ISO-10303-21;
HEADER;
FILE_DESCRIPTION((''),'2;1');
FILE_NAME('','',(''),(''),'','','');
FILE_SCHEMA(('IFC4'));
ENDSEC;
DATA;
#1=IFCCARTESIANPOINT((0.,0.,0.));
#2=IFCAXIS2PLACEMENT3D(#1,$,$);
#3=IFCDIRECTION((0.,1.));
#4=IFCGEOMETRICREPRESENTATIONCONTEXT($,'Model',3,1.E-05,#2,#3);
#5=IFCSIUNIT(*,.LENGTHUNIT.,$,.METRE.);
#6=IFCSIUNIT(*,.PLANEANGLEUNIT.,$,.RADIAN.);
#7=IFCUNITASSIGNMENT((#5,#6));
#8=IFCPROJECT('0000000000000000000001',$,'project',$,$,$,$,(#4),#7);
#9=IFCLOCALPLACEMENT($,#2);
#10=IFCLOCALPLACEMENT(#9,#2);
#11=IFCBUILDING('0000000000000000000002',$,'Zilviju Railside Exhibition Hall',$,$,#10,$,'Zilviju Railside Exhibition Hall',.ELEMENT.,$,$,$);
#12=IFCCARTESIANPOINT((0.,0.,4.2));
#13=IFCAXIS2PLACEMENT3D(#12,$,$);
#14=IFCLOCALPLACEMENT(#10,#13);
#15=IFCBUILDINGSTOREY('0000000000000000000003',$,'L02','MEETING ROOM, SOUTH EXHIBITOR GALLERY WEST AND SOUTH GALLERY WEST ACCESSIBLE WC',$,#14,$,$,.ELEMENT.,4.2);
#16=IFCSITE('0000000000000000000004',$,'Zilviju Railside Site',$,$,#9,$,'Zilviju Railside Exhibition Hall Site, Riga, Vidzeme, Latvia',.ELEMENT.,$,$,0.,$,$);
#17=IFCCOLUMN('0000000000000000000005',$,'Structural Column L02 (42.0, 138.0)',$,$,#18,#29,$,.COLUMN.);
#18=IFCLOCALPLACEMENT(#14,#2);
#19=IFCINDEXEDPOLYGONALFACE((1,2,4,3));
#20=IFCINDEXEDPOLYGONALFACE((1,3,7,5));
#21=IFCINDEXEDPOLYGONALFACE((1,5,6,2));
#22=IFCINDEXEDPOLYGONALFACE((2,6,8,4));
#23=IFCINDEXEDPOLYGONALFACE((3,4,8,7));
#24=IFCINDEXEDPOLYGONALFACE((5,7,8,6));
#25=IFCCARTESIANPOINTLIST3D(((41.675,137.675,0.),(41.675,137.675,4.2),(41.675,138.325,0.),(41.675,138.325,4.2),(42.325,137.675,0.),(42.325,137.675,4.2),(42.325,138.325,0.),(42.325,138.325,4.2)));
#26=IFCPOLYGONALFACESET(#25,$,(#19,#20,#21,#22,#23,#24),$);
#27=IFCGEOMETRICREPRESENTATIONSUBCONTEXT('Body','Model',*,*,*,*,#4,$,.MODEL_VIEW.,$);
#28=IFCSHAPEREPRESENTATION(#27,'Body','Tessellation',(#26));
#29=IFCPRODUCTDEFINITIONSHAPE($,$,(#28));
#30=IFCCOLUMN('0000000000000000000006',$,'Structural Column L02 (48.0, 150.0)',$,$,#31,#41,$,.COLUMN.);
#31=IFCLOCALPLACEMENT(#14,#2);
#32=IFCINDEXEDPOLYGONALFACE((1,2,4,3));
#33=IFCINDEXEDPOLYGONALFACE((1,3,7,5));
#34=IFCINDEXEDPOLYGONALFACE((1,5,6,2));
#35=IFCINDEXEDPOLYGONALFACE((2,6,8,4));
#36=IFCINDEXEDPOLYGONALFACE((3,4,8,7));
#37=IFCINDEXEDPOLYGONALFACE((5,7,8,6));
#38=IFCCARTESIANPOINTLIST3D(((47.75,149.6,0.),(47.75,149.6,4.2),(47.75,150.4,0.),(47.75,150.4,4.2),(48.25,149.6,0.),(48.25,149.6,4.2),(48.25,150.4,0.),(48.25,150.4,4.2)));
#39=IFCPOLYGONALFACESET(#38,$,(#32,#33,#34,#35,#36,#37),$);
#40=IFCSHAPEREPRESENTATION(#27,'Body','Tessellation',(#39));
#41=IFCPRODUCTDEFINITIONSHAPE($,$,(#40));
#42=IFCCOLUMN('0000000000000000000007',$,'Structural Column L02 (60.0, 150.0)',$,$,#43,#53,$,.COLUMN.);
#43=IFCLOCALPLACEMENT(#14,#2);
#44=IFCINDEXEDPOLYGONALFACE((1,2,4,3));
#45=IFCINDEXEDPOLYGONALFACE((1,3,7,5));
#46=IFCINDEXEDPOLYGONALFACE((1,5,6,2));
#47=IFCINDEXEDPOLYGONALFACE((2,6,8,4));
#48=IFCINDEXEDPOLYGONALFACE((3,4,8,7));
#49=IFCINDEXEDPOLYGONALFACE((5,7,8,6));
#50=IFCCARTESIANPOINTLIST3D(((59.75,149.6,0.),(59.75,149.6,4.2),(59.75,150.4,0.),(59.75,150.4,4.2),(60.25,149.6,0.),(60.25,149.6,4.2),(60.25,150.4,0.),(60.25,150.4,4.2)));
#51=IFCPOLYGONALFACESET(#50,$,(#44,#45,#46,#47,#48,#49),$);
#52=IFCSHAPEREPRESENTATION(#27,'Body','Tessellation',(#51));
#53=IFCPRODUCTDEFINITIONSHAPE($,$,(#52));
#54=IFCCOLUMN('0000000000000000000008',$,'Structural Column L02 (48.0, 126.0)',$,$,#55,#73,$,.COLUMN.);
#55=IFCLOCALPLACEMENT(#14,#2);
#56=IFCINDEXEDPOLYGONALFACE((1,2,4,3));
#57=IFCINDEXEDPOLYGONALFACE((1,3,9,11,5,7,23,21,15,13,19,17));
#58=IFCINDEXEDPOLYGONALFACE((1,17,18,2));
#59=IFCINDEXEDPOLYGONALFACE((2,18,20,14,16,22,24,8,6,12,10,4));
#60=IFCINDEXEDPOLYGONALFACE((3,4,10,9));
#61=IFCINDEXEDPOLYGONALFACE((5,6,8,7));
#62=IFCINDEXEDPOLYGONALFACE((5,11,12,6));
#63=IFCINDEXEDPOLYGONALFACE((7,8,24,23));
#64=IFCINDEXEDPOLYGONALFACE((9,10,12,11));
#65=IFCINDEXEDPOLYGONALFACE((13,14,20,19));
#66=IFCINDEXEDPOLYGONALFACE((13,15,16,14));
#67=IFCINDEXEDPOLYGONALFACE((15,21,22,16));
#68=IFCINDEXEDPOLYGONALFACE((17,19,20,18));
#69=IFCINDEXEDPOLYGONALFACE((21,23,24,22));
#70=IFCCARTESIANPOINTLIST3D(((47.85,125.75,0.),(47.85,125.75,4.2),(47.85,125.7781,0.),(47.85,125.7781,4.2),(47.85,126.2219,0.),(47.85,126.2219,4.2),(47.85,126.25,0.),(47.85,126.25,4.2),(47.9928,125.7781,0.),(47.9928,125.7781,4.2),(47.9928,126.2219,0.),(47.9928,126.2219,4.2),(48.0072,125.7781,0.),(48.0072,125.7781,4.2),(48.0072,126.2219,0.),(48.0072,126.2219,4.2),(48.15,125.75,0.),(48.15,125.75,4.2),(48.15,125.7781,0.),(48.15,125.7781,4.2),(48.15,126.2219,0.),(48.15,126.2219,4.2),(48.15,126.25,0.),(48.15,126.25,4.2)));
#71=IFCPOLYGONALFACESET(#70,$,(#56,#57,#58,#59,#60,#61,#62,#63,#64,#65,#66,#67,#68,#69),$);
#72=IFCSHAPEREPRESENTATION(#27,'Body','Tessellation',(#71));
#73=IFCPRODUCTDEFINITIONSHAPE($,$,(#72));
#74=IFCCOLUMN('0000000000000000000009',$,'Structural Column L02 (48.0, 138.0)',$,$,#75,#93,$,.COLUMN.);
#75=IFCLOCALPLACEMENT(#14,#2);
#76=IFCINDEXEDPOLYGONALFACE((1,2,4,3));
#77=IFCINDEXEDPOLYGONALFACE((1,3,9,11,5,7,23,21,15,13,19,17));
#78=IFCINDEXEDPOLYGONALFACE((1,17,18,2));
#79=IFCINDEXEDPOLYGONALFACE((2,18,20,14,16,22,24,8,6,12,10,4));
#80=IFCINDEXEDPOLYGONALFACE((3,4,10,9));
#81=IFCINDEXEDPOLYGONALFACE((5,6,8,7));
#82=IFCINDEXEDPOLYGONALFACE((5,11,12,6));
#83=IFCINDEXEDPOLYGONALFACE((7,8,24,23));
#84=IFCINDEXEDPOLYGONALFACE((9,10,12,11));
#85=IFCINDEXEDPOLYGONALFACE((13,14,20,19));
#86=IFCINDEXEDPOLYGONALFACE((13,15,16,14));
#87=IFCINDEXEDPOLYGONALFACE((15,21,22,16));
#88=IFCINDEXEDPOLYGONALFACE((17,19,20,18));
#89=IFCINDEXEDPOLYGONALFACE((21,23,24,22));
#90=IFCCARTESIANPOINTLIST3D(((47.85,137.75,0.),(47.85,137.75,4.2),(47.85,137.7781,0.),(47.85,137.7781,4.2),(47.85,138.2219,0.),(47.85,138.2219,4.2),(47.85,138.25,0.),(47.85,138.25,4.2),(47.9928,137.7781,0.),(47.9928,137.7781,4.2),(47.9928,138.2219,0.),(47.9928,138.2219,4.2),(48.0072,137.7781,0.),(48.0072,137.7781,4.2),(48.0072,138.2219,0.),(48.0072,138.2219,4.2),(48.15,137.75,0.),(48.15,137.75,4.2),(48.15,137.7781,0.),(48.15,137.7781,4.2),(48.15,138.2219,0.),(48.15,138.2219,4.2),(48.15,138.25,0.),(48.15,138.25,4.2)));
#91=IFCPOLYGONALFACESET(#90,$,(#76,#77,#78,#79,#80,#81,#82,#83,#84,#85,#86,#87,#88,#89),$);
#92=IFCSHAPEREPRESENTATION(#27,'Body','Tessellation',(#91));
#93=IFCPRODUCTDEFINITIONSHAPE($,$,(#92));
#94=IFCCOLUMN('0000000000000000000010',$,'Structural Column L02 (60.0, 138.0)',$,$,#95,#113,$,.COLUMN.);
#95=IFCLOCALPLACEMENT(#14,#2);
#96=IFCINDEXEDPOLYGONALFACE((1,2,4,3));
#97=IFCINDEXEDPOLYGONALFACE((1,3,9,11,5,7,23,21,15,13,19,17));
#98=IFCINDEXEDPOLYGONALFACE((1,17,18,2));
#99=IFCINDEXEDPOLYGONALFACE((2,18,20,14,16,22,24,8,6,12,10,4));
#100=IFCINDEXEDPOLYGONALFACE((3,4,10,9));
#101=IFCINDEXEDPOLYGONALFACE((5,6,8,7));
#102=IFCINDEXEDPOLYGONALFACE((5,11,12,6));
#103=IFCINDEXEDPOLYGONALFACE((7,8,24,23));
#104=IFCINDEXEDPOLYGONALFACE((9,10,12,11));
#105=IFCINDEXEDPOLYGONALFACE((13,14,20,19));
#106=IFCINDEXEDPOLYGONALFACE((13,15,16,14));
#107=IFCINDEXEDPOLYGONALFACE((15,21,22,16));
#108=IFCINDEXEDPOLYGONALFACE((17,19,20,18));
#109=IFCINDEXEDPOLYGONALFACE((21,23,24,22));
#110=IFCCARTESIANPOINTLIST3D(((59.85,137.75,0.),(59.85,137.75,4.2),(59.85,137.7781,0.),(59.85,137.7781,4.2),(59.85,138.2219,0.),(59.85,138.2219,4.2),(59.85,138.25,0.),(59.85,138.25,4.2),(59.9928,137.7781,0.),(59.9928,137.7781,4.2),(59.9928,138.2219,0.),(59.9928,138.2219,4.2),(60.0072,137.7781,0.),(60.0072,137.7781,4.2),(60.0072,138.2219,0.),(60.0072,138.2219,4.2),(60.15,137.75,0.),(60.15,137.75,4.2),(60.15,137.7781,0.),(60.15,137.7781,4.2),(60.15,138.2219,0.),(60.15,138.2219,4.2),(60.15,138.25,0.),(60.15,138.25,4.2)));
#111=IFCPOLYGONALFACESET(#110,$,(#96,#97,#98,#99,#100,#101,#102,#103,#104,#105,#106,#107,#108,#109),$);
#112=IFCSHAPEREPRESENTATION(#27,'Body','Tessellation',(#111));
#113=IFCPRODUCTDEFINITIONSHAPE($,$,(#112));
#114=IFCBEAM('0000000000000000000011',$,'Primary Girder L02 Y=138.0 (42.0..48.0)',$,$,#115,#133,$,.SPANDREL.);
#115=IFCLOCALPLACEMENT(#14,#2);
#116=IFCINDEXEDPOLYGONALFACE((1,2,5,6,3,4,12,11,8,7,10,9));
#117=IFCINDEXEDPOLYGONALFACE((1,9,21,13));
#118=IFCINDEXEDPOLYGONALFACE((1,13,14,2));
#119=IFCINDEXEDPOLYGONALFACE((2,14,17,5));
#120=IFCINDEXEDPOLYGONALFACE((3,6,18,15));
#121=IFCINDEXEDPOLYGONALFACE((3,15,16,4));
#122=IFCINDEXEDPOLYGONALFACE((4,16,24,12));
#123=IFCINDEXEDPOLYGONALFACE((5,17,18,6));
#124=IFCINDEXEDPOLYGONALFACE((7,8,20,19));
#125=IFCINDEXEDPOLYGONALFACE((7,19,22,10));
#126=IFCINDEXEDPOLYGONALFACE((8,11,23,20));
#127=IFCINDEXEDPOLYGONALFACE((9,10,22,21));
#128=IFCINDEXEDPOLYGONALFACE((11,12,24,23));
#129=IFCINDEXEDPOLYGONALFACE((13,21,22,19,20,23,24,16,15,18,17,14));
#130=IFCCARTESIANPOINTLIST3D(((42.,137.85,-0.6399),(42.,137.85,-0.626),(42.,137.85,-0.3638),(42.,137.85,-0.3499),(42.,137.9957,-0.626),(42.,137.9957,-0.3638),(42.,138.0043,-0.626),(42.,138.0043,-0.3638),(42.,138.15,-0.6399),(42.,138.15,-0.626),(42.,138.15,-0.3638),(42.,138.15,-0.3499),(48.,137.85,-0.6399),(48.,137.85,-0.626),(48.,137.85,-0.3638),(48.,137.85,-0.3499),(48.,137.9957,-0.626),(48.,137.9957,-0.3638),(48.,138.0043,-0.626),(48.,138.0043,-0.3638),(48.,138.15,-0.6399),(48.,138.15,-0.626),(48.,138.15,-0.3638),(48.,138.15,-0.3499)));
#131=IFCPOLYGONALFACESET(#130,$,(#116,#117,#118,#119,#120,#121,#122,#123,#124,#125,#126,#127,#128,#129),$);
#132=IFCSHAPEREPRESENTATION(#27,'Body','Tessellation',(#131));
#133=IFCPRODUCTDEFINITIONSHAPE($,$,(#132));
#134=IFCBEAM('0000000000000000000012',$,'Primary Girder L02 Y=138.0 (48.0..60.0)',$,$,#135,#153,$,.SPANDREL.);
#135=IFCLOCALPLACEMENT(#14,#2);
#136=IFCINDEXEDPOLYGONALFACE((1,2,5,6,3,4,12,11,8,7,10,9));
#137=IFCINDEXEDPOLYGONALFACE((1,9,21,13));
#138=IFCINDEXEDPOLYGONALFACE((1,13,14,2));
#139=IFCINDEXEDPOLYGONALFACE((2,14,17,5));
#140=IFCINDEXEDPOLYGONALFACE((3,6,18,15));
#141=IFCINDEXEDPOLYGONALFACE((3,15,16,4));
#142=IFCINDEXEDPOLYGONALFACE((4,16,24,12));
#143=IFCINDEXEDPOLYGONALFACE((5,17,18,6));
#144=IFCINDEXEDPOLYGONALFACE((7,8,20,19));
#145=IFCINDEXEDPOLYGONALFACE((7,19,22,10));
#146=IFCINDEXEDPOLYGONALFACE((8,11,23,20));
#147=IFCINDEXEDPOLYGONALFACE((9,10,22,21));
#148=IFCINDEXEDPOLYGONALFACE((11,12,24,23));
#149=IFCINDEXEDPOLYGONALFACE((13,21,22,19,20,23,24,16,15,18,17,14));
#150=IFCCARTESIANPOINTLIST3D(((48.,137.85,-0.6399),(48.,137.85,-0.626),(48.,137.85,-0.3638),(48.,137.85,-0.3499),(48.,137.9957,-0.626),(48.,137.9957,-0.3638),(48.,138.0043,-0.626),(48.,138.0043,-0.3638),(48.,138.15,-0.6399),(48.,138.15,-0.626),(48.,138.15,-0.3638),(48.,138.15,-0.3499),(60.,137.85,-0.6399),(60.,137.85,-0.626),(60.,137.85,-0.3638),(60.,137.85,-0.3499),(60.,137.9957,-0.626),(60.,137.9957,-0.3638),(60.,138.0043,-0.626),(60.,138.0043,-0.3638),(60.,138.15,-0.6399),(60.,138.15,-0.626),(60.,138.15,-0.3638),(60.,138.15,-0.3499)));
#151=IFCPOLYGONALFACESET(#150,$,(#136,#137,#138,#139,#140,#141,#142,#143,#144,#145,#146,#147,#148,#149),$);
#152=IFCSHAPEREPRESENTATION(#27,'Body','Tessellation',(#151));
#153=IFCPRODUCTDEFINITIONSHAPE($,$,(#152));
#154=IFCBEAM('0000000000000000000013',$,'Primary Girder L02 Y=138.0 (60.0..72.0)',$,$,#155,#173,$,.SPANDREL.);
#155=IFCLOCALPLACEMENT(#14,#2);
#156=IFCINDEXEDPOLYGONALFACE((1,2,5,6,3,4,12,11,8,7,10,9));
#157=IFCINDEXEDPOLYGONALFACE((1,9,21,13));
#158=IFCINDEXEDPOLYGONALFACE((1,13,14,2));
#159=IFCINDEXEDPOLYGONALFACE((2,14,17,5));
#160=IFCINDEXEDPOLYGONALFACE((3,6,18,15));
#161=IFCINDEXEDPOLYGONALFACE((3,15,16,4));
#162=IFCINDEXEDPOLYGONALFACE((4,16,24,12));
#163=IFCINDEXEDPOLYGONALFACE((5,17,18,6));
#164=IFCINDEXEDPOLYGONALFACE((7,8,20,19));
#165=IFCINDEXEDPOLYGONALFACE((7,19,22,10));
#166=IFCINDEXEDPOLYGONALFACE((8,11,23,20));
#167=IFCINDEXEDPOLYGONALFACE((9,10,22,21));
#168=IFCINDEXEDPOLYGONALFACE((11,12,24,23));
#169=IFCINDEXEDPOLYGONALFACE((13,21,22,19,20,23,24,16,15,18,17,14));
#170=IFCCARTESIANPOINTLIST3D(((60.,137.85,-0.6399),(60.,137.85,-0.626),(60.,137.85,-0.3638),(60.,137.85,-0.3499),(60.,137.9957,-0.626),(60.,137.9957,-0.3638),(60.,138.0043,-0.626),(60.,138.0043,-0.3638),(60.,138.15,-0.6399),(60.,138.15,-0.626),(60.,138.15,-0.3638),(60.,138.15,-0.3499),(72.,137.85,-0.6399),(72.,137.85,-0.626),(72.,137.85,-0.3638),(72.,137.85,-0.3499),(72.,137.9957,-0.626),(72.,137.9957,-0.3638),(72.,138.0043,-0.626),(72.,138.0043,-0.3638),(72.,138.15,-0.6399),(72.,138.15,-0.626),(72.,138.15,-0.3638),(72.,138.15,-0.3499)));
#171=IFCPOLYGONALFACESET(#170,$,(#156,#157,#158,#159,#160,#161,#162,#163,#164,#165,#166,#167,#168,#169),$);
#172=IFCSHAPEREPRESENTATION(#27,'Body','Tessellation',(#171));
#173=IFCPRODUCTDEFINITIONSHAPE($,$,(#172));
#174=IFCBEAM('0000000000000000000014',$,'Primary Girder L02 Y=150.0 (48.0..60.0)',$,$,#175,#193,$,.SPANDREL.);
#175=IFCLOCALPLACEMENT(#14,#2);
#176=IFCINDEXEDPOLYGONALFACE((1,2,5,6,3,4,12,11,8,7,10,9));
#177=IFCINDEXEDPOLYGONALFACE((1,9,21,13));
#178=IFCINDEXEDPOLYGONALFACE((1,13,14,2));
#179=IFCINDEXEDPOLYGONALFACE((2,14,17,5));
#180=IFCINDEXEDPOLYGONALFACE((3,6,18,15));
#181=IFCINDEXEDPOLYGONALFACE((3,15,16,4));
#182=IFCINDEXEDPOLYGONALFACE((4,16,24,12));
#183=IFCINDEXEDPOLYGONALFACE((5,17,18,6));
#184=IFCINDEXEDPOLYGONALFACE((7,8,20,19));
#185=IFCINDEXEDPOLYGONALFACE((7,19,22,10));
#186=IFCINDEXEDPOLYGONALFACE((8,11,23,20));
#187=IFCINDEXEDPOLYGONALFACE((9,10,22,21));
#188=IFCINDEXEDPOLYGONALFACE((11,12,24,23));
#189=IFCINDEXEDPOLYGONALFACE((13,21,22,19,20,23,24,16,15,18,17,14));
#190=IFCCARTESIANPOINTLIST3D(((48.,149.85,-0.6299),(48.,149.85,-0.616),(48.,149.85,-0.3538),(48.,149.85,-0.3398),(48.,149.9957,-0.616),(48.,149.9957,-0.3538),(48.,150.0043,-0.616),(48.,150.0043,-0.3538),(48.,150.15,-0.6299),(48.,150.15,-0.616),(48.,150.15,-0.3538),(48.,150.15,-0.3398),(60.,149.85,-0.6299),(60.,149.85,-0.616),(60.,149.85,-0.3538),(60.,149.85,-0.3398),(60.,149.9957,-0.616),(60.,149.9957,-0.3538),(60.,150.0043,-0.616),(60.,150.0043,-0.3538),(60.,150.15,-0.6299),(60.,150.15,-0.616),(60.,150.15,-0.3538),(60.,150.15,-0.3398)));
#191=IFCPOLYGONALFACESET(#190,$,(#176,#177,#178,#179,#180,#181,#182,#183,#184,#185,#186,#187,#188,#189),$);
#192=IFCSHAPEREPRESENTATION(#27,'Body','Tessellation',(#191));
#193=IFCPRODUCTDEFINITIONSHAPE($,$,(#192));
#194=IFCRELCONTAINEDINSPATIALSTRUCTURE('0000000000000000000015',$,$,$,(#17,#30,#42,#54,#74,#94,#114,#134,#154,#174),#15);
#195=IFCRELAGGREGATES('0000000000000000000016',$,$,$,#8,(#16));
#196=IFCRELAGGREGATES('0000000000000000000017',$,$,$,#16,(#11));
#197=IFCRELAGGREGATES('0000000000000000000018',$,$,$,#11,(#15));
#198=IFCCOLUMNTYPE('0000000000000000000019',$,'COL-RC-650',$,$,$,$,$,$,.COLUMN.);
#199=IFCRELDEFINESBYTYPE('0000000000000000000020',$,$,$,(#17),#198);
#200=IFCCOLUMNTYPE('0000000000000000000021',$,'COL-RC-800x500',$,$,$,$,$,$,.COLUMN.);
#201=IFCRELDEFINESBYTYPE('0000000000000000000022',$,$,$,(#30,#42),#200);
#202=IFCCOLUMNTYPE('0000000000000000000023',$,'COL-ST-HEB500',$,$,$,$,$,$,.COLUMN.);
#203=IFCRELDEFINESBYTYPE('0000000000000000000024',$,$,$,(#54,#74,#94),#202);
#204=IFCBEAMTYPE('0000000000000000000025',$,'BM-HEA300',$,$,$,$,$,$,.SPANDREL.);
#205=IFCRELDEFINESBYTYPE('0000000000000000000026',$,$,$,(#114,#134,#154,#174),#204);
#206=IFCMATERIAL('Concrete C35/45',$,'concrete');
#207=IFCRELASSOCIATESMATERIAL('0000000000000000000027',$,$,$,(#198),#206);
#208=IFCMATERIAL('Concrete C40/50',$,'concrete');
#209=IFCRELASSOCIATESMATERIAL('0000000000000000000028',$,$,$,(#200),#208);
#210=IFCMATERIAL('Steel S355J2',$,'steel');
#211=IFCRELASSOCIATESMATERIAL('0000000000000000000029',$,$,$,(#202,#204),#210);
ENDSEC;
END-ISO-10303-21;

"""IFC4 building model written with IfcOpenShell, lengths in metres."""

from ifc_helpers import new_model, si_unit, direction, frame, origin, origin_2d, place, context, subcontext, project, spatial, rectangle, i_section, extrude, material, material_profile, profile_set, type_object, element, save


model = new_model("IFC4")

# Units and contexts
model_context = context("Model", 3, precision=1e-05, world=origin(), true_north=direction((0.0, 1.0)))
body_context = subcontext(model_context, "Body", "Model", "MODEL_VIEW")
ifc_project = project(units=[si_unit("LENGTHUNIT", "METRE"), si_unit("PLANEANGLEUNIT", "RADIAN")], contexts=[model_context])

# Site, building, storey
site_placement = place(None, origin())
site = spatial("IfcSite", under=ifc_project, at=site_placement, Name="Zilviju Railside Site", LongName="Zilviju Railside Exhibition Hall Site, Riga, Vidzeme, Latvia", CompositionType="ELEMENT", RefElevation=0.0)
building_placement = place(site_placement, origin())
building = spatial("IfcBuilding", under=site, at=building_placement, Name="Zilviju Railside Exhibition Hall", LongName="Zilviju Railside Exhibition Hall", CompositionType="ELEMENT")
storey_placement = place(building_placement, frame((0.0, 0.0, 4.2)))
storey = spatial("IfcBuildingStorey", under=building, at=storey_placement, Name="L02", Description="MEETING ROOM, SOUTH EXHIBITOR GALLERY WEST AND SOUTH GALLERY WEST ACCESSIBLE WC", CompositionType="ELEMENT", Elevation=4.2)

# Columns
ifc_material_1 = material(Name="Concrete C35/45", Category="concrete")
ifc_material_profile_1 = material_profile(ifc_material_1, rectangle(XDim=0.6499, YDim=0.6499, at=origin_2d()), Name="RC COL 650x650")
ifc_profile_set_1 = profile_set([ifc_material_profile_1], Name="Concrete C35/45")
column_type_1 = type_object("IfcColumnType", Name="COL-RC-650", PredefinedType="COLUMN", material=ifc_profile_set_1)
column_placement = place(storey_placement, frame((42.0, 138.0, 0.0), z_axis=(0.0, 0.0, 1.0), x_axis=(1.0, 0.0, 0.0)))
element("IfcColumn", 1, at=column_placement, inside=storey, type_object=column_type_1, Name="Structural Column L02 (42.0, 138.0)", PredefinedType="COLUMN", context=body_context, shape_type="SweptSolid", body=[
    extrude(rectangle(XDim=0.6499, YDim=0.6499, at=origin_2d()), origin(), (0.0, 0.0, 1.0), 4.2),
])
ifc_material_2 = material(Name="Concrete C40/50", Category="concrete")
ifc_material_profile_2 = material_profile(ifc_material_2, rectangle(XDim=0.5, YDim=0.8, at=origin_2d()), Name="RC COL 500x800")
ifc_profile_set_2 = profile_set([ifc_material_profile_2], Name="Concrete C40/50")
column_type_2 = type_object("IfcColumnType", Name="COL-RC-800x500", PredefinedType="COLUMN", material=ifc_profile_set_2)
for number, where, z_axis, x_axis, name in (
    (2, (48.0, 150.0, 0.0), (0.0, 0.0, 1.0), (1.0, 0.0, 0.0), "Structural Column L02 (48.0, 150.0)"),
    (3, (60.0, 150.0, 0.0), (0.0, 0.0, 1.0), (1.0, 0.0, 0.0), "Structural Column L02 (60.0, 150.0)"),
):
    element("IfcColumn", number, at=place(storey_placement, frame(where, z_axis=z_axis, x_axis=x_axis)), inside=storey, type_object=column_type_2, Name=name, PredefinedType="COLUMN", context=body_context, shape_type="SweptSolid", body=[
        extrude(rectangle(XDim=0.5, YDim=0.8, at=origin_2d()), origin(), (0.0, 0.0, 1.0), 4.2),
    ])
ifc_material_3 = material(Name="Steel S355J2", Category="steel")
ifc_material_profile_3 = material_profile(ifc_material_3, i_section(OverallWidth=0.3, OverallDepth=0.5, WebThickness=0.0144, FlangeThickness=0.0281, at=origin_2d()), Name="HEB 500")
ifc_profile_set_3 = profile_set([ifc_material_profile_3], Name="Steel S355J2")
column_type_3 = type_object("IfcColumnType", Name="COL-ST-HEB500", PredefinedType="COLUMN", material=ifc_profile_set_3)
for number, where, z_axis, x_axis, name in (
    (4, (48.0, 126.0, 0.0), (0.0, 0.0, 1.0), (1.0, 0.0, 0.0), "Structural Column L02 (48.0, 126.0)"),
    (5, (48.0, 138.0, 0.0), (0.0, 0.0, 1.0), (1.0, 0.0, 0.0), "Structural Column L02 (48.0, 138.0)"),
    (6, (60.0, 138.0, 0.0), (0.0, 0.0, 1.0), (1.0, 0.0, 0.0), "Structural Column L02 (60.0, 138.0)"),
):
    element("IfcColumn", number, at=place(storey_placement, frame(where, z_axis=z_axis, x_axis=x_axis)), inside=storey, type_object=column_type_3, Name=name, PredefinedType="COLUMN", context=body_context, shape_type="SweptSolid", body=[
        extrude(i_section(OverallWidth=0.3, OverallDepth=0.5, WebThickness=0.0144, FlangeThickness=0.0281, at=origin_2d()), origin(), (0.0, 0.0, 1.0), 4.2),
    ])

# Beams
ifc_material_profile_4 = material_profile(ifc_material_3, i_section(OverallWidth=0.3, OverallDepth=0.29, WebThickness=0.0085, FlangeThickness=0.0139, at=origin_2d()), Name="HEA 300")
ifc_profile_set_4 = profile_set([ifc_material_profile_4], Name="Steel S355J2")
beam_type_1 = type_object("IfcBeamType", Name="BM-HEA300", PredefinedType="SPANDREL", material=ifc_profile_set_4)
beam_1_placement = place(storey_placement, frame((42.0, 138.0, -0.4949), z_axis=(1.0, 0.0, 0.0), x_axis=(0.0, 1.0, 0.0)))
element("IfcBeam", 7, at=beam_1_placement, inside=storey, type_object=beam_type_1, Name="Primary Girder L02 Y=138.0 (42.0..48.0)", PredefinedType="SPANDREL", context=body_context, shape_type="SweptSolid", body=[
    extrude(i_section(OverallWidth=0.3, OverallDepth=0.29, WebThickness=0.0085, FlangeThickness=0.0139, at=origin_2d()), origin(), (0.0, 0.0, 1.0), 6.0),
])
for number, where, z_axis, x_axis, name in (
    (8, (48.0, 138.0, -0.4949), (1.0, 0.0, 0.0), (0.0, 1.0, 0.0), "Primary Girder L02 Y=138.0 (48.0..60.0)"),
    (9, (60.0, 138.0, -0.4949), (1.0, 0.0, 0.0), (0.0, 1.0, 0.0), "Primary Girder L02 Y=138.0 (60.0..72.0)"),
    (10, (48.0, 150.0, -0.4849), (1.0, 0.0, 0.0), (0.0, 1.0, 0.0), "Primary Girder L02 Y=150.0 (48.0..60.0)"),
):
    element("IfcBeam", number, at=place(storey_placement, frame(where, z_axis=z_axis, x_axis=x_axis)), inside=storey, type_object=beam_type_1, Name=name, PredefinedType="SPANDREL", context=body_context, shape_type="SweptSolid", body=[
        extrude(i_section(OverallWidth=0.3, OverallDepth=0.29, WebThickness=0.0085, FlangeThickness=0.0139, at=origin_2d()), origin(), (0.0, 0.0, 1.0), 12.0),
    ])

save(model, "model.ifc")
